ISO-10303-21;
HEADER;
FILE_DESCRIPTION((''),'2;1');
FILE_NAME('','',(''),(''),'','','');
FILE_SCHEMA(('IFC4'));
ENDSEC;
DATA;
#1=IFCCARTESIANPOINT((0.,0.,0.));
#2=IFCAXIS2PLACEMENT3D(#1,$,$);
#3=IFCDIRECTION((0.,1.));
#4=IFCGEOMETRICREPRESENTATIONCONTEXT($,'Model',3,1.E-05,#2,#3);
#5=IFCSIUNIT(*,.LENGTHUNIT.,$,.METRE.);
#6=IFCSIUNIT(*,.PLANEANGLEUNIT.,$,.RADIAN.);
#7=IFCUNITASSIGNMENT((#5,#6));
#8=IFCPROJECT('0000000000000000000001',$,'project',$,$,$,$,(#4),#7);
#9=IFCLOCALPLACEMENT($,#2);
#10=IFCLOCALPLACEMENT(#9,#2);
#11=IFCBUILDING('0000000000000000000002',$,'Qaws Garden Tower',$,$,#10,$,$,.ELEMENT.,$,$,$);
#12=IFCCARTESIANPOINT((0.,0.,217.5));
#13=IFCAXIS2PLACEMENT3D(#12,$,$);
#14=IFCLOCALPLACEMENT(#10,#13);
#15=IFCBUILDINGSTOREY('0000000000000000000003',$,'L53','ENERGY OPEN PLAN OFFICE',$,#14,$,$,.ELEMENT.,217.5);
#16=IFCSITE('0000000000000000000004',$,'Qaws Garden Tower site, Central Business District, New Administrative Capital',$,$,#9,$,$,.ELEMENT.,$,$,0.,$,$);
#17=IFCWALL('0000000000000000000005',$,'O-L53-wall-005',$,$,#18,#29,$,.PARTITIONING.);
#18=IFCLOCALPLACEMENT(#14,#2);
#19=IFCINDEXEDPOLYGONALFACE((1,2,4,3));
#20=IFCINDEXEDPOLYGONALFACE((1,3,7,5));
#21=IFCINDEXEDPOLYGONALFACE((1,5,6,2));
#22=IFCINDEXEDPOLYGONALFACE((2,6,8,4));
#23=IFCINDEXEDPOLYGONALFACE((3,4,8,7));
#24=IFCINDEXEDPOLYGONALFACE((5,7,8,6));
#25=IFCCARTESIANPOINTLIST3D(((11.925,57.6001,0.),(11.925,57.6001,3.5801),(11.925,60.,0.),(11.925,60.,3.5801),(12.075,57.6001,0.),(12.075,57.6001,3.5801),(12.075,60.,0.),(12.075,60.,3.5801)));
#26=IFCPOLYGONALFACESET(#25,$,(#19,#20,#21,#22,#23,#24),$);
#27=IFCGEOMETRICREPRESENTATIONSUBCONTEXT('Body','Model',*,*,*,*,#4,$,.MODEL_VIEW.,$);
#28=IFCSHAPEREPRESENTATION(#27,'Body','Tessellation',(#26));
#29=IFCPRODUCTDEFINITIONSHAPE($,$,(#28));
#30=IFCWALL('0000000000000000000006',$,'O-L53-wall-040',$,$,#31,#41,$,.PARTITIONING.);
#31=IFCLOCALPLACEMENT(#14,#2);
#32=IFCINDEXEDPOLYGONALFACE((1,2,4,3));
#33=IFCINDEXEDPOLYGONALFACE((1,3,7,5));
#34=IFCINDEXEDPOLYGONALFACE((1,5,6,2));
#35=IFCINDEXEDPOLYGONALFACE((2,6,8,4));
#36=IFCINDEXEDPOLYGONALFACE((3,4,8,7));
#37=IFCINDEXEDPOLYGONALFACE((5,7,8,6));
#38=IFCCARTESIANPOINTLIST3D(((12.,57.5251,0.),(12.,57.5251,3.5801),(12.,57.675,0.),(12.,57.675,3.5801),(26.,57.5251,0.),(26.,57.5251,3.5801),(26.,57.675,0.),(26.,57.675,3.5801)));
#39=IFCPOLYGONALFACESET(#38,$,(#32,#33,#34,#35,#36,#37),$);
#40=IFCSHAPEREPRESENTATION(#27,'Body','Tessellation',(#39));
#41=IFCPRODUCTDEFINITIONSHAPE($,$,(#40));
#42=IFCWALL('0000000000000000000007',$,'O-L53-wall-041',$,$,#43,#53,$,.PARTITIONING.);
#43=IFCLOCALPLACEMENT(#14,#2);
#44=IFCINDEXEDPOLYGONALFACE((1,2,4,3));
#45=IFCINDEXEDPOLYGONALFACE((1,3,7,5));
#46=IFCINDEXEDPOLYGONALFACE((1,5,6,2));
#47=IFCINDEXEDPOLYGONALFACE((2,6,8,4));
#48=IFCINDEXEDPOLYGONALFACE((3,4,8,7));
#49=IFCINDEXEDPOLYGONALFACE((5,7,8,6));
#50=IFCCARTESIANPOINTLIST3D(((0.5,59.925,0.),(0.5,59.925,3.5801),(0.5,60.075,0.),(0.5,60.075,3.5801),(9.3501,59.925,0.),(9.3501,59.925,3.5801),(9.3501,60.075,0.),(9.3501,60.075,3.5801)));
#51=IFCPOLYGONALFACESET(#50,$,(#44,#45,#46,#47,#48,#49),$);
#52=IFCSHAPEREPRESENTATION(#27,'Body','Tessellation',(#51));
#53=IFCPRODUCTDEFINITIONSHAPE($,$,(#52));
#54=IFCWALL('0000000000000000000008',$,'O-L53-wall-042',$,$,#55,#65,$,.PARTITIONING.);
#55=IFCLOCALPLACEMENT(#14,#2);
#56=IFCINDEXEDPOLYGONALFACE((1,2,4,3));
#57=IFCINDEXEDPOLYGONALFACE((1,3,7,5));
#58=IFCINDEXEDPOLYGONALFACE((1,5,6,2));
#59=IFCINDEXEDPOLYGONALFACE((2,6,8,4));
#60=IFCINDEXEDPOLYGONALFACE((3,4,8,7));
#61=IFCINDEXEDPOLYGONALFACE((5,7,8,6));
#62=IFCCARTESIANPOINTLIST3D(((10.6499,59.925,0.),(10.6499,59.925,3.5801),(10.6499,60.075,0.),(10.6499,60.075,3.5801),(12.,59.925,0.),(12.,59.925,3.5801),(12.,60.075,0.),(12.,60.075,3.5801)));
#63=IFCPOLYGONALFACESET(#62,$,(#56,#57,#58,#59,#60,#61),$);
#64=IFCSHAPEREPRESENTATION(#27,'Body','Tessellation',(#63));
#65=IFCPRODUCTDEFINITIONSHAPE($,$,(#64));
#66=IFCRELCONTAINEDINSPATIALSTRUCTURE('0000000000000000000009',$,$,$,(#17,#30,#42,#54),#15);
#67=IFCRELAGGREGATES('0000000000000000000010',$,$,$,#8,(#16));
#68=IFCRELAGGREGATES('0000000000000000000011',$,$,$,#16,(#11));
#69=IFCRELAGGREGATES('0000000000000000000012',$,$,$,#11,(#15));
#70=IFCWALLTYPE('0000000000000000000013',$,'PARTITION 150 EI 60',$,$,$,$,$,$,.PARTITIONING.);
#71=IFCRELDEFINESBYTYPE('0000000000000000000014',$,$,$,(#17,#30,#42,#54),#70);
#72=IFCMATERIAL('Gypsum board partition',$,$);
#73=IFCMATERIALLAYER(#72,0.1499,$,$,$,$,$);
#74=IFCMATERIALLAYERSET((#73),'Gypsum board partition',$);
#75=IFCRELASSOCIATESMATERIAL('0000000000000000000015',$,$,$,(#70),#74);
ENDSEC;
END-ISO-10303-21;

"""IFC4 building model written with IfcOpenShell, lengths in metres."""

from ifc_helpers import new_model, si_unit, direction, frame, frame_2d, origin, place, context, subcontext, project, spatial, rectangle, extrude, material, layer, layer_set, type_object, element, save


model = new_model("IFC4")

# Units and contexts
model_context = context("Model", 3, precision=1e-05, world=origin(), true_north=direction((0.0, 1.0)))
body_context = subcontext(model_context, "Body", "Model", "MODEL_VIEW")
ifc_project = project(units=[si_unit("LENGTHUNIT", "METRE"), si_unit("PLANEANGLEUNIT", "RADIAN")], contexts=[model_context])

# Site, building, storey
site_placement = place(None, origin())
site = spatial("IfcSite", under=ifc_project, at=site_placement, Name="Qaws Garden Tower site, Central Business District, New Administrative Capital", CompositionType="ELEMENT", RefElevation=0.0)
building_placement = place(site_placement, origin())
building = spatial("IfcBuilding", under=site, at=building_placement, Name="Qaws Garden Tower", CompositionType="ELEMENT")
storey_placement = place(building_placement, frame((0.0, 0.0, 217.5)))
storey = spatial("IfcBuildingStorey", under=building, at=storey_placement, Name="L53", Description="ENERGY OPEN PLAN OFFICE", CompositionType="ELEMENT", Elevation=217.5)

# Shared definitions
ifc_material_1 = material(Name="Gypsum board partition")
ifc_layer_1 = layer(ifc_material_1, 0.1499)
ifc_layer_set_1 = layer_set([ifc_layer_1], Name="Gypsum board partition")
wall_type_1 = type_object("IfcWallType", Name="PARTITION 150 EI 60", PredefinedType="PARTITIONING", material=ifc_layer_set_1)

# Walls
wall_1_placement = place(storey_placement, frame((12.0, 57.6001, 0.0), z_axis=(0.0, 0.0, 1.0), x_axis=(0.0, 1.0, 0.0)))
element("IfcWall", 1, at=wall_1_placement, inside=storey, type_object=wall_type_1, Name="O-L53-wall-005", PredefinedType="PARTITIONING", context=body_context, shape_type="SweptSolid", body=[
    extrude(rectangle(XDim=2.3999, YDim=0.1499, at=frame_2d((1.2, 0.0))), origin(), (0.0, 0.0, 1.0), 3.5801),
])
wall_2_placement = place(storey_placement, frame((12.0, 57.6001, 0.0), z_axis=(0.0, 0.0, 1.0), x_axis=(1.0, 0.0, 0.0)))
element("IfcWall", 2, at=wall_2_placement, inside=storey, type_object=wall_type_1, Name="O-L53-wall-040", PredefinedType="PARTITIONING", context=body_context, shape_type="SweptSolid", body=[
    extrude(rectangle(XDim=14.0, YDim=0.1499, at=frame_2d((7.0, 0.0))), origin(), (0.0, 0.0, 1.0), 3.5801),
])
wall_3_placement = place(storey_placement, frame((0.5, 60.0, 0.0), z_axis=(0.0, 0.0, 1.0), x_axis=(1.0, 0.0, 0.0)))
element("IfcWall", 3, at=wall_3_placement, inside=storey, type_object=wall_type_1, Name="O-L53-wall-041", PredefinedType="PARTITIONING", context=body_context, shape_type="SweptSolid", body=[
    extrude(rectangle(XDim=8.8501, YDim=0.1499, at=frame_2d((4.425, 0.0))), origin(), (0.0, 0.0, 1.0), 3.5801),
])
wall_4_placement = place(storey_placement, frame((10.6499, 60.0, 0.0), z_axis=(0.0, 0.0, 1.0), x_axis=(1.0, 0.0, 0.0)))
element("IfcWall", 4, at=wall_4_placement, inside=storey, type_object=wall_type_1, Name="O-L53-wall-042", PredefinedType="PARTITIONING", context=body_context, shape_type="SweptSolid", body=[
    extrude(rectangle(XDim=1.3501, YDim=0.1499, at=frame_2d((0.675, 0.0))), origin(), (0.0, 0.0, 1.0), 3.5801),
])

save(model, "model.ifc")
